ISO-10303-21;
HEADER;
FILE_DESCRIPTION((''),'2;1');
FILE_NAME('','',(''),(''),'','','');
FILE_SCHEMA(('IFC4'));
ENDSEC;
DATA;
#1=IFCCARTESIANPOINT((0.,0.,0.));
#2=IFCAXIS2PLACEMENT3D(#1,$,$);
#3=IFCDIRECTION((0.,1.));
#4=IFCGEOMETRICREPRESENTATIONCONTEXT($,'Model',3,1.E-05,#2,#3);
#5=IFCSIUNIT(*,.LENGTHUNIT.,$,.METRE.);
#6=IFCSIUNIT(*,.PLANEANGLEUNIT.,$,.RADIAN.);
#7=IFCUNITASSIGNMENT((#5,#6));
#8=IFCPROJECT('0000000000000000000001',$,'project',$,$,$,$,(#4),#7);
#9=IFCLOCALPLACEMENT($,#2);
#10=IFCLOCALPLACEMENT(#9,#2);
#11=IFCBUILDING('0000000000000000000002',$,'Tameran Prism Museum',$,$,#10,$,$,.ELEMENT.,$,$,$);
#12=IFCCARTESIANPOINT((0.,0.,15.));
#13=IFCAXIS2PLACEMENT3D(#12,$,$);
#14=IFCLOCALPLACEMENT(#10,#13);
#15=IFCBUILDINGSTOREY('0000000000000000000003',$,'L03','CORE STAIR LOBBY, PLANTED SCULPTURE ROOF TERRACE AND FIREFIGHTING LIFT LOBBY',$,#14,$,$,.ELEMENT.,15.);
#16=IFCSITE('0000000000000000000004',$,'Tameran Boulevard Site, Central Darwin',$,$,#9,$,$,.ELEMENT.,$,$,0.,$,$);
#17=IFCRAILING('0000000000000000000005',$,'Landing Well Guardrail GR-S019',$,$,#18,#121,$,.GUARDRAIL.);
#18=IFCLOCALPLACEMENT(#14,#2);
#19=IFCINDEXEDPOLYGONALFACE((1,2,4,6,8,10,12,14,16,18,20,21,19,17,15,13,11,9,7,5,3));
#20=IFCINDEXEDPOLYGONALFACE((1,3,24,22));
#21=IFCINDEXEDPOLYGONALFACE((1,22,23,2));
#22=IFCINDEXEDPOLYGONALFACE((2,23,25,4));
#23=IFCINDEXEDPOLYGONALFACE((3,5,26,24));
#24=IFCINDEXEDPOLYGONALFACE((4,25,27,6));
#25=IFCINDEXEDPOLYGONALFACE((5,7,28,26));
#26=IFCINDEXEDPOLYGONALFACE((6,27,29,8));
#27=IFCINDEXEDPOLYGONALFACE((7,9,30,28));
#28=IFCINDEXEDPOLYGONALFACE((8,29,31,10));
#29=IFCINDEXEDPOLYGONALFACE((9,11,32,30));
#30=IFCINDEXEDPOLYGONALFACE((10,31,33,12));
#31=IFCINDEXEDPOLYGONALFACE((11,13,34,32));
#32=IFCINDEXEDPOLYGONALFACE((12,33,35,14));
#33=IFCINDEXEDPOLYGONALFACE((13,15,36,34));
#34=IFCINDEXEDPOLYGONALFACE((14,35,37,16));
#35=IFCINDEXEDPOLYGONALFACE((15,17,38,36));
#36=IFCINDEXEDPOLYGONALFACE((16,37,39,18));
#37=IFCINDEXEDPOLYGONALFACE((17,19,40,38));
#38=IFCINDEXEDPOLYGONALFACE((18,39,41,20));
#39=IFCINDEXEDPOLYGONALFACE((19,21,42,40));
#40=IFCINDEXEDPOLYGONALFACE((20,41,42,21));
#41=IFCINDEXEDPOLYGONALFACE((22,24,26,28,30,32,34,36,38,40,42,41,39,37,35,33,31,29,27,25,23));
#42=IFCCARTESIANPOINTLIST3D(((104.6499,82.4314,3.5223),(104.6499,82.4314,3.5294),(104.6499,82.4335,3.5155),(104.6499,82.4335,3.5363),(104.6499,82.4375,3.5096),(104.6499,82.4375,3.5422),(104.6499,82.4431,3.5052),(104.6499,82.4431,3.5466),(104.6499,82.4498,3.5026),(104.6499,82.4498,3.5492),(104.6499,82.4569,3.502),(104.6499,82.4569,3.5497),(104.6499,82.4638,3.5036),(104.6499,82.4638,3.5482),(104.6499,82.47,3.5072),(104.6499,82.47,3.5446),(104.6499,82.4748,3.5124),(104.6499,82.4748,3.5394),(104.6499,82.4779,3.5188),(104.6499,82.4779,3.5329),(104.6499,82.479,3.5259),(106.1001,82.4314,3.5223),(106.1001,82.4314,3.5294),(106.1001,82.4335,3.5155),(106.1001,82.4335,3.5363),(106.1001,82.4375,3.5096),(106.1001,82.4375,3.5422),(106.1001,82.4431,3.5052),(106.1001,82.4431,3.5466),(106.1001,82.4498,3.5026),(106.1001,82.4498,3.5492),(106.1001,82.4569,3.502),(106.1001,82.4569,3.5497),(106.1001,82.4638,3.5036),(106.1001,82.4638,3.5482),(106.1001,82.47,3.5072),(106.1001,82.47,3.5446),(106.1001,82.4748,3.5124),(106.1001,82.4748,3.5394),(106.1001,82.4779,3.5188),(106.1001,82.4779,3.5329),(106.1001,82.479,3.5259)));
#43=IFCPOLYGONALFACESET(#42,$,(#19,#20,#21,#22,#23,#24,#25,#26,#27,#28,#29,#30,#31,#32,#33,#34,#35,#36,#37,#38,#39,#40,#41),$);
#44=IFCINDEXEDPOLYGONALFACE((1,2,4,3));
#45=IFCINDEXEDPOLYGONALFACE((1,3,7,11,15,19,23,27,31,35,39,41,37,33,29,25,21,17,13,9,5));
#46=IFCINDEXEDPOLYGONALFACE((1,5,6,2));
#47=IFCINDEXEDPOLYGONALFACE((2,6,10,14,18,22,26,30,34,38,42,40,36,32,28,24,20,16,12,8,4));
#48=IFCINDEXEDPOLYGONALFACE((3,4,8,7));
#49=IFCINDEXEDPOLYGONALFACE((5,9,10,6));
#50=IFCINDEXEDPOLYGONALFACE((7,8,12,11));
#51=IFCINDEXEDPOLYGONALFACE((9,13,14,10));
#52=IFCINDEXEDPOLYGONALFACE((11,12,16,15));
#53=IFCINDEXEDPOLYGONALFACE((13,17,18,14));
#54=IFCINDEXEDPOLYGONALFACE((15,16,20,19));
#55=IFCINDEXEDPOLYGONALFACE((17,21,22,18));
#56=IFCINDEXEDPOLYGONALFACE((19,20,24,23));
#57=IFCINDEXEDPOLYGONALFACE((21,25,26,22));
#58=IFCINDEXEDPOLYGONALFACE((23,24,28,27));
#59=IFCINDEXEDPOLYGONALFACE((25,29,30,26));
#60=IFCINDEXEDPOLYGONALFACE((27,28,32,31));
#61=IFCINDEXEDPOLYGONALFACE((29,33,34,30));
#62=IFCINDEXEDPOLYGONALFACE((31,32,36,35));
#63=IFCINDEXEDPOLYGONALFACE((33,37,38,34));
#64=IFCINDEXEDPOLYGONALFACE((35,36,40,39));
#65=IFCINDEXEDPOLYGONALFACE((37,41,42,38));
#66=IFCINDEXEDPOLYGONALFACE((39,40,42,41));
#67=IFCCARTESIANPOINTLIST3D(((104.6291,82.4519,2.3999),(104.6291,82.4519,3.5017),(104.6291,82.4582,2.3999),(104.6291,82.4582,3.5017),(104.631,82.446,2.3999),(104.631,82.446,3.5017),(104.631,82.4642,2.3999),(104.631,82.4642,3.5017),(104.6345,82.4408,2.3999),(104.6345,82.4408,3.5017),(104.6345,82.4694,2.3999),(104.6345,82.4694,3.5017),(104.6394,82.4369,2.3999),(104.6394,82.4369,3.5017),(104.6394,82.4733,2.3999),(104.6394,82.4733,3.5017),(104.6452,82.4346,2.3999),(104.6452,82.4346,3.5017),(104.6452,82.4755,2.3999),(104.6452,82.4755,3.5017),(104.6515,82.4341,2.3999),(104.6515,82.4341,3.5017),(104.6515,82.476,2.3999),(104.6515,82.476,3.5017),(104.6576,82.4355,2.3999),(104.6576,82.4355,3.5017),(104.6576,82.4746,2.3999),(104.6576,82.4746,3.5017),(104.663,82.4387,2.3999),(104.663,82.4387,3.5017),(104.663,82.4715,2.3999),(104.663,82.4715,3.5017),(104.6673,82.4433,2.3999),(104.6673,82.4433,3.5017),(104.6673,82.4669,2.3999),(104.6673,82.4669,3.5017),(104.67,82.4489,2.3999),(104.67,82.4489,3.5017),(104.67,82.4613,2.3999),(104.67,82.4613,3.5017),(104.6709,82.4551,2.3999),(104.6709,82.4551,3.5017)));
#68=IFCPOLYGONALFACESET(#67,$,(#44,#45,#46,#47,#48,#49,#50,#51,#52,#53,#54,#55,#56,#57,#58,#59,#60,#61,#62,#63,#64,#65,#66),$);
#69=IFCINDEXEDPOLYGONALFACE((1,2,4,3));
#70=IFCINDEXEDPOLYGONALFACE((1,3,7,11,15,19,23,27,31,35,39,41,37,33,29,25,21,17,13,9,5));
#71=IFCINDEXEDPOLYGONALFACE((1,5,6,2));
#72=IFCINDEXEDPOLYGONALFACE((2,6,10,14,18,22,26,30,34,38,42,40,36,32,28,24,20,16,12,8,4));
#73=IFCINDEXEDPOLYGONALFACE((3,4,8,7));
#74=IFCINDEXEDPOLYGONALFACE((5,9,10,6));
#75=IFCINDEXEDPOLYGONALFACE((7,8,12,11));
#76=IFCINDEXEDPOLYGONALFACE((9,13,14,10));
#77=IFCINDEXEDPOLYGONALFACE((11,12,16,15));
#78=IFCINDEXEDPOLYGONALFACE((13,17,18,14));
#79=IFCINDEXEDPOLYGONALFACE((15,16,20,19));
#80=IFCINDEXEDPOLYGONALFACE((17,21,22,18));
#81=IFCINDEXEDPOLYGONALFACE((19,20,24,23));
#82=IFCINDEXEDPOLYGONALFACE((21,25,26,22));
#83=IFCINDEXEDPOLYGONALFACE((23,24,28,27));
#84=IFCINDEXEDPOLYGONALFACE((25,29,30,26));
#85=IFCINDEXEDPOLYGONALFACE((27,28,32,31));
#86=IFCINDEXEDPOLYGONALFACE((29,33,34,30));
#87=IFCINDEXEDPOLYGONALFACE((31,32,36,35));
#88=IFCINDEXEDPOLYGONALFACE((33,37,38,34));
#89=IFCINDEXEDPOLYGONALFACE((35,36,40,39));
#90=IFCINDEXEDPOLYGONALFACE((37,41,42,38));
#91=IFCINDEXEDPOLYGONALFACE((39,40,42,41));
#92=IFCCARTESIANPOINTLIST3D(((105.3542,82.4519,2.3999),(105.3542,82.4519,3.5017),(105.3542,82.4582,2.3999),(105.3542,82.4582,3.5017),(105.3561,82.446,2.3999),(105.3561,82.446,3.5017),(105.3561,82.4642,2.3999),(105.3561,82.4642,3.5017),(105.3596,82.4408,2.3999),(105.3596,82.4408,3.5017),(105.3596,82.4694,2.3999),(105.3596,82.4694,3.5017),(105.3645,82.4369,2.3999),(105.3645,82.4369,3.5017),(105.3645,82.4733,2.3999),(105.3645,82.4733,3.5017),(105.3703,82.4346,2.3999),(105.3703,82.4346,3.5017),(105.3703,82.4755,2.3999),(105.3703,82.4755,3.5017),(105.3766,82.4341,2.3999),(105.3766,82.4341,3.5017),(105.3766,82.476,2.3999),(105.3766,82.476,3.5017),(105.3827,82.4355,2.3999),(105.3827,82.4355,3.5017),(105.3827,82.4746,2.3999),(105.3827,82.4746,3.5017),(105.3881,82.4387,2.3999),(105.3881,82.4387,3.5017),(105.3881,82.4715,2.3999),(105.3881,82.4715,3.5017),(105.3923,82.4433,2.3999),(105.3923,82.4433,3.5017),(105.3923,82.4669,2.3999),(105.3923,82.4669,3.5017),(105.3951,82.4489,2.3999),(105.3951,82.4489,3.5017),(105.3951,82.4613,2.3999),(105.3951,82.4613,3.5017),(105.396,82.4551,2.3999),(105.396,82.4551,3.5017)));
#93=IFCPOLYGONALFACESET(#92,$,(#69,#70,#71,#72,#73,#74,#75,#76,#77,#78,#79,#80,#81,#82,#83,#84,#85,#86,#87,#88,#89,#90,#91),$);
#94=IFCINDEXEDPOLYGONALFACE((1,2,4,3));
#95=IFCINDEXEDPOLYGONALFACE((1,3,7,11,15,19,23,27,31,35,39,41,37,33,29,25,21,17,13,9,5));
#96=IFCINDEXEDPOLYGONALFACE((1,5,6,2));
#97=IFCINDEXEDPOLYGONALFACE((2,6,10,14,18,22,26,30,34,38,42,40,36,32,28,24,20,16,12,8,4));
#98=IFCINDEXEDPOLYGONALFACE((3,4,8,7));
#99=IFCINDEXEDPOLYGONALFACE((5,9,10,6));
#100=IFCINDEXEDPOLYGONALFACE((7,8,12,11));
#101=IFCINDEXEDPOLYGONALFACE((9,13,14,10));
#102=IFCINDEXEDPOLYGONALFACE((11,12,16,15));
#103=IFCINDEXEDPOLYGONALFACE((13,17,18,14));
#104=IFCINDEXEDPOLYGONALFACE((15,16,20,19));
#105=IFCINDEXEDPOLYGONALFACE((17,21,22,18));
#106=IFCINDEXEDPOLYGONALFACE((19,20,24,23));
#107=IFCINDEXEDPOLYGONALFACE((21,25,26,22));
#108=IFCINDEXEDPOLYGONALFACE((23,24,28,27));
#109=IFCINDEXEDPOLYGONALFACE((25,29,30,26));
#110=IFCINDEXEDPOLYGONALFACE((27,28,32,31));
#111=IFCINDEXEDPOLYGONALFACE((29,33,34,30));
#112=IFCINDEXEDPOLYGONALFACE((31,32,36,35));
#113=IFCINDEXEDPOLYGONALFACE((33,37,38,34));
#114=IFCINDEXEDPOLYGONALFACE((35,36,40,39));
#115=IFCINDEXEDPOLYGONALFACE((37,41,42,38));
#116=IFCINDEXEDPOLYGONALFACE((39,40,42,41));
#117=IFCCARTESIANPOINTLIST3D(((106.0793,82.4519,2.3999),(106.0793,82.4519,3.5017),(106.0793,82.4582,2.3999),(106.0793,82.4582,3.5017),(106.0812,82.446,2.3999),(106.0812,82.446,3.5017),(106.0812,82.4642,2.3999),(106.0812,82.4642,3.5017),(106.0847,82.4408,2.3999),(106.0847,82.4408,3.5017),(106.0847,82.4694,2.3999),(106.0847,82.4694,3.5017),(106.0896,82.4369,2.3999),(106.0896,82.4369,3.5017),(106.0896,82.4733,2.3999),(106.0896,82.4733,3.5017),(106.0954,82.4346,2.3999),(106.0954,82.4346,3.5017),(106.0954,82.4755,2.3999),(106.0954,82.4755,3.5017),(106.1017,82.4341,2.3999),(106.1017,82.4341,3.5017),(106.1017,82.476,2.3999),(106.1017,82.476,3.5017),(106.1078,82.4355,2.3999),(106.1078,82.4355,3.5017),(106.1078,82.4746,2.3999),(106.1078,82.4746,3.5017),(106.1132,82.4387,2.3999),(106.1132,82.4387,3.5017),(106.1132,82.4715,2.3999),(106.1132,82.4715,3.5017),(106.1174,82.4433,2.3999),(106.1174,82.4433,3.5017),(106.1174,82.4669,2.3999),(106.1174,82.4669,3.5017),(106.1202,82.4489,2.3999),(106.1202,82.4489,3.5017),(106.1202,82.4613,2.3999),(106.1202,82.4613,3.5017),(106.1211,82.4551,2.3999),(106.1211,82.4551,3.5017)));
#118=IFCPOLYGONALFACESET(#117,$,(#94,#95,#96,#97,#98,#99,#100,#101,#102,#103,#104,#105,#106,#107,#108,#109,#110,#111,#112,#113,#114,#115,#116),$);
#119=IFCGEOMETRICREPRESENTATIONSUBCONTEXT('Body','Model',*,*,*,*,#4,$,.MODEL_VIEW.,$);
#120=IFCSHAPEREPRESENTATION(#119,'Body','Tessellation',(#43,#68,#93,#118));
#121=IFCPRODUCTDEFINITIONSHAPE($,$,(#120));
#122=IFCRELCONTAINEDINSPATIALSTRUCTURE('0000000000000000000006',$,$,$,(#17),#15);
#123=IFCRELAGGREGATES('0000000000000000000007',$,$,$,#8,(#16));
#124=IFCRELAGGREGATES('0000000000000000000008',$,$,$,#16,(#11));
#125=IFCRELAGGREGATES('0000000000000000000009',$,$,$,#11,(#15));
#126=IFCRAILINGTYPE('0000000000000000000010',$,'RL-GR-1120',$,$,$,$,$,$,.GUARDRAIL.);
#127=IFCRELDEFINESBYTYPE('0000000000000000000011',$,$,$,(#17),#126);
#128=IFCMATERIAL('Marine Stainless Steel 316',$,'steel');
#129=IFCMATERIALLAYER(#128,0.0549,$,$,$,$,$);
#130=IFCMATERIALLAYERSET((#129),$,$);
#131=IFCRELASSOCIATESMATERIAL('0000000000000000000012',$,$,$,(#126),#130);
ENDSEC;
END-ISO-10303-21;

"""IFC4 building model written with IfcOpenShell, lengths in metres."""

from ifc_helpers import new_model, si_unit, direction, frame, origin, origin_2d, place, context, subcontext, project, spatial, circle, extrude, material, layer, layer_set, type_object, element, save


model = new_model("IFC4")

# Units and contexts
model_context = context("Model", 3, precision=1e-05, world=origin(), true_north=direction((0.0, 1.0)))
body_context = subcontext(model_context, "Body", "Model", "MODEL_VIEW")
ifc_project = project(units=[si_unit("LENGTHUNIT", "METRE"), si_unit("PLANEANGLEUNIT", "RADIAN")], contexts=[model_context])

# Site, building, storey
site_placement = place(None, origin())
site = spatial("IfcSite", under=ifc_project, at=site_placement, Name="Tameran Boulevard Site, Central Darwin", CompositionType="ELEMENT", RefElevation=0.0)
building_placement = place(site_placement, origin())
building = spatial("IfcBuilding", under=site, at=building_placement, Name="Tameran Prism Museum", CompositionType="ELEMENT")
storey_placement = place(building_placement, frame((0.0, 0.0, 15.0)))
storey = spatial("IfcBuildingStorey", under=building, at=storey_placement, Name="L03", Description="CORE STAIR LOBBY, PLANTED SCULPTURE ROOF TERRACE AND FIREFIGHTING LIFT LOBBY", CompositionType="ELEMENT", Elevation=15.0)

# Railing
ifc_material_1 = material(Name="Marine Stainless Steel 316", Category="steel")
ifc_layer_1 = layer(ifc_material_1, 0.0549)
ifc_layer_set_1 = layer_set([ifc_layer_1])
railing_type_1 = type_object("IfcRailingType", Name="RL-GR-1120", PredefinedType="GUARDRAIL", material=ifc_layer_set_1)
railing_1_placement = place(storey_placement, frame((104.6499, 82.4551, 2.3999)))
element("IfcRailing", 1, at=railing_1_placement, inside=storey, type_object=railing_type_1, Name="Landing Well Guardrail GR-S019", PredefinedType="GUARDRAIL", context=body_context, shape_type="SweptSolid", body=[
    extrude(circle(Radius=0.0239, at=origin_2d()), frame((0.0, 0.0, 1.126), z_axis=(1.0, 0.0, 0.0), x_axis=(0.0, 1.0, 0.0)), (0.0, 0.0, 1.0), 1.4502),
    extrude(circle(Radius=0.021, at=origin_2d()), origin(), (0.0, 0.0, 1.0), 1.1018),
    extrude(circle(Radius=0.021, at=origin_2d()), frame((0.7251, 0.0, 0.0)), (0.0, 0.0, 1.0), 1.1018),
    extrude(circle(Radius=0.021, at=origin_2d()), frame((1.4502, 0.0, 0.0)), (0.0, 0.0, 1.0), 1.1018),
])

save(model, "model.ifc")
